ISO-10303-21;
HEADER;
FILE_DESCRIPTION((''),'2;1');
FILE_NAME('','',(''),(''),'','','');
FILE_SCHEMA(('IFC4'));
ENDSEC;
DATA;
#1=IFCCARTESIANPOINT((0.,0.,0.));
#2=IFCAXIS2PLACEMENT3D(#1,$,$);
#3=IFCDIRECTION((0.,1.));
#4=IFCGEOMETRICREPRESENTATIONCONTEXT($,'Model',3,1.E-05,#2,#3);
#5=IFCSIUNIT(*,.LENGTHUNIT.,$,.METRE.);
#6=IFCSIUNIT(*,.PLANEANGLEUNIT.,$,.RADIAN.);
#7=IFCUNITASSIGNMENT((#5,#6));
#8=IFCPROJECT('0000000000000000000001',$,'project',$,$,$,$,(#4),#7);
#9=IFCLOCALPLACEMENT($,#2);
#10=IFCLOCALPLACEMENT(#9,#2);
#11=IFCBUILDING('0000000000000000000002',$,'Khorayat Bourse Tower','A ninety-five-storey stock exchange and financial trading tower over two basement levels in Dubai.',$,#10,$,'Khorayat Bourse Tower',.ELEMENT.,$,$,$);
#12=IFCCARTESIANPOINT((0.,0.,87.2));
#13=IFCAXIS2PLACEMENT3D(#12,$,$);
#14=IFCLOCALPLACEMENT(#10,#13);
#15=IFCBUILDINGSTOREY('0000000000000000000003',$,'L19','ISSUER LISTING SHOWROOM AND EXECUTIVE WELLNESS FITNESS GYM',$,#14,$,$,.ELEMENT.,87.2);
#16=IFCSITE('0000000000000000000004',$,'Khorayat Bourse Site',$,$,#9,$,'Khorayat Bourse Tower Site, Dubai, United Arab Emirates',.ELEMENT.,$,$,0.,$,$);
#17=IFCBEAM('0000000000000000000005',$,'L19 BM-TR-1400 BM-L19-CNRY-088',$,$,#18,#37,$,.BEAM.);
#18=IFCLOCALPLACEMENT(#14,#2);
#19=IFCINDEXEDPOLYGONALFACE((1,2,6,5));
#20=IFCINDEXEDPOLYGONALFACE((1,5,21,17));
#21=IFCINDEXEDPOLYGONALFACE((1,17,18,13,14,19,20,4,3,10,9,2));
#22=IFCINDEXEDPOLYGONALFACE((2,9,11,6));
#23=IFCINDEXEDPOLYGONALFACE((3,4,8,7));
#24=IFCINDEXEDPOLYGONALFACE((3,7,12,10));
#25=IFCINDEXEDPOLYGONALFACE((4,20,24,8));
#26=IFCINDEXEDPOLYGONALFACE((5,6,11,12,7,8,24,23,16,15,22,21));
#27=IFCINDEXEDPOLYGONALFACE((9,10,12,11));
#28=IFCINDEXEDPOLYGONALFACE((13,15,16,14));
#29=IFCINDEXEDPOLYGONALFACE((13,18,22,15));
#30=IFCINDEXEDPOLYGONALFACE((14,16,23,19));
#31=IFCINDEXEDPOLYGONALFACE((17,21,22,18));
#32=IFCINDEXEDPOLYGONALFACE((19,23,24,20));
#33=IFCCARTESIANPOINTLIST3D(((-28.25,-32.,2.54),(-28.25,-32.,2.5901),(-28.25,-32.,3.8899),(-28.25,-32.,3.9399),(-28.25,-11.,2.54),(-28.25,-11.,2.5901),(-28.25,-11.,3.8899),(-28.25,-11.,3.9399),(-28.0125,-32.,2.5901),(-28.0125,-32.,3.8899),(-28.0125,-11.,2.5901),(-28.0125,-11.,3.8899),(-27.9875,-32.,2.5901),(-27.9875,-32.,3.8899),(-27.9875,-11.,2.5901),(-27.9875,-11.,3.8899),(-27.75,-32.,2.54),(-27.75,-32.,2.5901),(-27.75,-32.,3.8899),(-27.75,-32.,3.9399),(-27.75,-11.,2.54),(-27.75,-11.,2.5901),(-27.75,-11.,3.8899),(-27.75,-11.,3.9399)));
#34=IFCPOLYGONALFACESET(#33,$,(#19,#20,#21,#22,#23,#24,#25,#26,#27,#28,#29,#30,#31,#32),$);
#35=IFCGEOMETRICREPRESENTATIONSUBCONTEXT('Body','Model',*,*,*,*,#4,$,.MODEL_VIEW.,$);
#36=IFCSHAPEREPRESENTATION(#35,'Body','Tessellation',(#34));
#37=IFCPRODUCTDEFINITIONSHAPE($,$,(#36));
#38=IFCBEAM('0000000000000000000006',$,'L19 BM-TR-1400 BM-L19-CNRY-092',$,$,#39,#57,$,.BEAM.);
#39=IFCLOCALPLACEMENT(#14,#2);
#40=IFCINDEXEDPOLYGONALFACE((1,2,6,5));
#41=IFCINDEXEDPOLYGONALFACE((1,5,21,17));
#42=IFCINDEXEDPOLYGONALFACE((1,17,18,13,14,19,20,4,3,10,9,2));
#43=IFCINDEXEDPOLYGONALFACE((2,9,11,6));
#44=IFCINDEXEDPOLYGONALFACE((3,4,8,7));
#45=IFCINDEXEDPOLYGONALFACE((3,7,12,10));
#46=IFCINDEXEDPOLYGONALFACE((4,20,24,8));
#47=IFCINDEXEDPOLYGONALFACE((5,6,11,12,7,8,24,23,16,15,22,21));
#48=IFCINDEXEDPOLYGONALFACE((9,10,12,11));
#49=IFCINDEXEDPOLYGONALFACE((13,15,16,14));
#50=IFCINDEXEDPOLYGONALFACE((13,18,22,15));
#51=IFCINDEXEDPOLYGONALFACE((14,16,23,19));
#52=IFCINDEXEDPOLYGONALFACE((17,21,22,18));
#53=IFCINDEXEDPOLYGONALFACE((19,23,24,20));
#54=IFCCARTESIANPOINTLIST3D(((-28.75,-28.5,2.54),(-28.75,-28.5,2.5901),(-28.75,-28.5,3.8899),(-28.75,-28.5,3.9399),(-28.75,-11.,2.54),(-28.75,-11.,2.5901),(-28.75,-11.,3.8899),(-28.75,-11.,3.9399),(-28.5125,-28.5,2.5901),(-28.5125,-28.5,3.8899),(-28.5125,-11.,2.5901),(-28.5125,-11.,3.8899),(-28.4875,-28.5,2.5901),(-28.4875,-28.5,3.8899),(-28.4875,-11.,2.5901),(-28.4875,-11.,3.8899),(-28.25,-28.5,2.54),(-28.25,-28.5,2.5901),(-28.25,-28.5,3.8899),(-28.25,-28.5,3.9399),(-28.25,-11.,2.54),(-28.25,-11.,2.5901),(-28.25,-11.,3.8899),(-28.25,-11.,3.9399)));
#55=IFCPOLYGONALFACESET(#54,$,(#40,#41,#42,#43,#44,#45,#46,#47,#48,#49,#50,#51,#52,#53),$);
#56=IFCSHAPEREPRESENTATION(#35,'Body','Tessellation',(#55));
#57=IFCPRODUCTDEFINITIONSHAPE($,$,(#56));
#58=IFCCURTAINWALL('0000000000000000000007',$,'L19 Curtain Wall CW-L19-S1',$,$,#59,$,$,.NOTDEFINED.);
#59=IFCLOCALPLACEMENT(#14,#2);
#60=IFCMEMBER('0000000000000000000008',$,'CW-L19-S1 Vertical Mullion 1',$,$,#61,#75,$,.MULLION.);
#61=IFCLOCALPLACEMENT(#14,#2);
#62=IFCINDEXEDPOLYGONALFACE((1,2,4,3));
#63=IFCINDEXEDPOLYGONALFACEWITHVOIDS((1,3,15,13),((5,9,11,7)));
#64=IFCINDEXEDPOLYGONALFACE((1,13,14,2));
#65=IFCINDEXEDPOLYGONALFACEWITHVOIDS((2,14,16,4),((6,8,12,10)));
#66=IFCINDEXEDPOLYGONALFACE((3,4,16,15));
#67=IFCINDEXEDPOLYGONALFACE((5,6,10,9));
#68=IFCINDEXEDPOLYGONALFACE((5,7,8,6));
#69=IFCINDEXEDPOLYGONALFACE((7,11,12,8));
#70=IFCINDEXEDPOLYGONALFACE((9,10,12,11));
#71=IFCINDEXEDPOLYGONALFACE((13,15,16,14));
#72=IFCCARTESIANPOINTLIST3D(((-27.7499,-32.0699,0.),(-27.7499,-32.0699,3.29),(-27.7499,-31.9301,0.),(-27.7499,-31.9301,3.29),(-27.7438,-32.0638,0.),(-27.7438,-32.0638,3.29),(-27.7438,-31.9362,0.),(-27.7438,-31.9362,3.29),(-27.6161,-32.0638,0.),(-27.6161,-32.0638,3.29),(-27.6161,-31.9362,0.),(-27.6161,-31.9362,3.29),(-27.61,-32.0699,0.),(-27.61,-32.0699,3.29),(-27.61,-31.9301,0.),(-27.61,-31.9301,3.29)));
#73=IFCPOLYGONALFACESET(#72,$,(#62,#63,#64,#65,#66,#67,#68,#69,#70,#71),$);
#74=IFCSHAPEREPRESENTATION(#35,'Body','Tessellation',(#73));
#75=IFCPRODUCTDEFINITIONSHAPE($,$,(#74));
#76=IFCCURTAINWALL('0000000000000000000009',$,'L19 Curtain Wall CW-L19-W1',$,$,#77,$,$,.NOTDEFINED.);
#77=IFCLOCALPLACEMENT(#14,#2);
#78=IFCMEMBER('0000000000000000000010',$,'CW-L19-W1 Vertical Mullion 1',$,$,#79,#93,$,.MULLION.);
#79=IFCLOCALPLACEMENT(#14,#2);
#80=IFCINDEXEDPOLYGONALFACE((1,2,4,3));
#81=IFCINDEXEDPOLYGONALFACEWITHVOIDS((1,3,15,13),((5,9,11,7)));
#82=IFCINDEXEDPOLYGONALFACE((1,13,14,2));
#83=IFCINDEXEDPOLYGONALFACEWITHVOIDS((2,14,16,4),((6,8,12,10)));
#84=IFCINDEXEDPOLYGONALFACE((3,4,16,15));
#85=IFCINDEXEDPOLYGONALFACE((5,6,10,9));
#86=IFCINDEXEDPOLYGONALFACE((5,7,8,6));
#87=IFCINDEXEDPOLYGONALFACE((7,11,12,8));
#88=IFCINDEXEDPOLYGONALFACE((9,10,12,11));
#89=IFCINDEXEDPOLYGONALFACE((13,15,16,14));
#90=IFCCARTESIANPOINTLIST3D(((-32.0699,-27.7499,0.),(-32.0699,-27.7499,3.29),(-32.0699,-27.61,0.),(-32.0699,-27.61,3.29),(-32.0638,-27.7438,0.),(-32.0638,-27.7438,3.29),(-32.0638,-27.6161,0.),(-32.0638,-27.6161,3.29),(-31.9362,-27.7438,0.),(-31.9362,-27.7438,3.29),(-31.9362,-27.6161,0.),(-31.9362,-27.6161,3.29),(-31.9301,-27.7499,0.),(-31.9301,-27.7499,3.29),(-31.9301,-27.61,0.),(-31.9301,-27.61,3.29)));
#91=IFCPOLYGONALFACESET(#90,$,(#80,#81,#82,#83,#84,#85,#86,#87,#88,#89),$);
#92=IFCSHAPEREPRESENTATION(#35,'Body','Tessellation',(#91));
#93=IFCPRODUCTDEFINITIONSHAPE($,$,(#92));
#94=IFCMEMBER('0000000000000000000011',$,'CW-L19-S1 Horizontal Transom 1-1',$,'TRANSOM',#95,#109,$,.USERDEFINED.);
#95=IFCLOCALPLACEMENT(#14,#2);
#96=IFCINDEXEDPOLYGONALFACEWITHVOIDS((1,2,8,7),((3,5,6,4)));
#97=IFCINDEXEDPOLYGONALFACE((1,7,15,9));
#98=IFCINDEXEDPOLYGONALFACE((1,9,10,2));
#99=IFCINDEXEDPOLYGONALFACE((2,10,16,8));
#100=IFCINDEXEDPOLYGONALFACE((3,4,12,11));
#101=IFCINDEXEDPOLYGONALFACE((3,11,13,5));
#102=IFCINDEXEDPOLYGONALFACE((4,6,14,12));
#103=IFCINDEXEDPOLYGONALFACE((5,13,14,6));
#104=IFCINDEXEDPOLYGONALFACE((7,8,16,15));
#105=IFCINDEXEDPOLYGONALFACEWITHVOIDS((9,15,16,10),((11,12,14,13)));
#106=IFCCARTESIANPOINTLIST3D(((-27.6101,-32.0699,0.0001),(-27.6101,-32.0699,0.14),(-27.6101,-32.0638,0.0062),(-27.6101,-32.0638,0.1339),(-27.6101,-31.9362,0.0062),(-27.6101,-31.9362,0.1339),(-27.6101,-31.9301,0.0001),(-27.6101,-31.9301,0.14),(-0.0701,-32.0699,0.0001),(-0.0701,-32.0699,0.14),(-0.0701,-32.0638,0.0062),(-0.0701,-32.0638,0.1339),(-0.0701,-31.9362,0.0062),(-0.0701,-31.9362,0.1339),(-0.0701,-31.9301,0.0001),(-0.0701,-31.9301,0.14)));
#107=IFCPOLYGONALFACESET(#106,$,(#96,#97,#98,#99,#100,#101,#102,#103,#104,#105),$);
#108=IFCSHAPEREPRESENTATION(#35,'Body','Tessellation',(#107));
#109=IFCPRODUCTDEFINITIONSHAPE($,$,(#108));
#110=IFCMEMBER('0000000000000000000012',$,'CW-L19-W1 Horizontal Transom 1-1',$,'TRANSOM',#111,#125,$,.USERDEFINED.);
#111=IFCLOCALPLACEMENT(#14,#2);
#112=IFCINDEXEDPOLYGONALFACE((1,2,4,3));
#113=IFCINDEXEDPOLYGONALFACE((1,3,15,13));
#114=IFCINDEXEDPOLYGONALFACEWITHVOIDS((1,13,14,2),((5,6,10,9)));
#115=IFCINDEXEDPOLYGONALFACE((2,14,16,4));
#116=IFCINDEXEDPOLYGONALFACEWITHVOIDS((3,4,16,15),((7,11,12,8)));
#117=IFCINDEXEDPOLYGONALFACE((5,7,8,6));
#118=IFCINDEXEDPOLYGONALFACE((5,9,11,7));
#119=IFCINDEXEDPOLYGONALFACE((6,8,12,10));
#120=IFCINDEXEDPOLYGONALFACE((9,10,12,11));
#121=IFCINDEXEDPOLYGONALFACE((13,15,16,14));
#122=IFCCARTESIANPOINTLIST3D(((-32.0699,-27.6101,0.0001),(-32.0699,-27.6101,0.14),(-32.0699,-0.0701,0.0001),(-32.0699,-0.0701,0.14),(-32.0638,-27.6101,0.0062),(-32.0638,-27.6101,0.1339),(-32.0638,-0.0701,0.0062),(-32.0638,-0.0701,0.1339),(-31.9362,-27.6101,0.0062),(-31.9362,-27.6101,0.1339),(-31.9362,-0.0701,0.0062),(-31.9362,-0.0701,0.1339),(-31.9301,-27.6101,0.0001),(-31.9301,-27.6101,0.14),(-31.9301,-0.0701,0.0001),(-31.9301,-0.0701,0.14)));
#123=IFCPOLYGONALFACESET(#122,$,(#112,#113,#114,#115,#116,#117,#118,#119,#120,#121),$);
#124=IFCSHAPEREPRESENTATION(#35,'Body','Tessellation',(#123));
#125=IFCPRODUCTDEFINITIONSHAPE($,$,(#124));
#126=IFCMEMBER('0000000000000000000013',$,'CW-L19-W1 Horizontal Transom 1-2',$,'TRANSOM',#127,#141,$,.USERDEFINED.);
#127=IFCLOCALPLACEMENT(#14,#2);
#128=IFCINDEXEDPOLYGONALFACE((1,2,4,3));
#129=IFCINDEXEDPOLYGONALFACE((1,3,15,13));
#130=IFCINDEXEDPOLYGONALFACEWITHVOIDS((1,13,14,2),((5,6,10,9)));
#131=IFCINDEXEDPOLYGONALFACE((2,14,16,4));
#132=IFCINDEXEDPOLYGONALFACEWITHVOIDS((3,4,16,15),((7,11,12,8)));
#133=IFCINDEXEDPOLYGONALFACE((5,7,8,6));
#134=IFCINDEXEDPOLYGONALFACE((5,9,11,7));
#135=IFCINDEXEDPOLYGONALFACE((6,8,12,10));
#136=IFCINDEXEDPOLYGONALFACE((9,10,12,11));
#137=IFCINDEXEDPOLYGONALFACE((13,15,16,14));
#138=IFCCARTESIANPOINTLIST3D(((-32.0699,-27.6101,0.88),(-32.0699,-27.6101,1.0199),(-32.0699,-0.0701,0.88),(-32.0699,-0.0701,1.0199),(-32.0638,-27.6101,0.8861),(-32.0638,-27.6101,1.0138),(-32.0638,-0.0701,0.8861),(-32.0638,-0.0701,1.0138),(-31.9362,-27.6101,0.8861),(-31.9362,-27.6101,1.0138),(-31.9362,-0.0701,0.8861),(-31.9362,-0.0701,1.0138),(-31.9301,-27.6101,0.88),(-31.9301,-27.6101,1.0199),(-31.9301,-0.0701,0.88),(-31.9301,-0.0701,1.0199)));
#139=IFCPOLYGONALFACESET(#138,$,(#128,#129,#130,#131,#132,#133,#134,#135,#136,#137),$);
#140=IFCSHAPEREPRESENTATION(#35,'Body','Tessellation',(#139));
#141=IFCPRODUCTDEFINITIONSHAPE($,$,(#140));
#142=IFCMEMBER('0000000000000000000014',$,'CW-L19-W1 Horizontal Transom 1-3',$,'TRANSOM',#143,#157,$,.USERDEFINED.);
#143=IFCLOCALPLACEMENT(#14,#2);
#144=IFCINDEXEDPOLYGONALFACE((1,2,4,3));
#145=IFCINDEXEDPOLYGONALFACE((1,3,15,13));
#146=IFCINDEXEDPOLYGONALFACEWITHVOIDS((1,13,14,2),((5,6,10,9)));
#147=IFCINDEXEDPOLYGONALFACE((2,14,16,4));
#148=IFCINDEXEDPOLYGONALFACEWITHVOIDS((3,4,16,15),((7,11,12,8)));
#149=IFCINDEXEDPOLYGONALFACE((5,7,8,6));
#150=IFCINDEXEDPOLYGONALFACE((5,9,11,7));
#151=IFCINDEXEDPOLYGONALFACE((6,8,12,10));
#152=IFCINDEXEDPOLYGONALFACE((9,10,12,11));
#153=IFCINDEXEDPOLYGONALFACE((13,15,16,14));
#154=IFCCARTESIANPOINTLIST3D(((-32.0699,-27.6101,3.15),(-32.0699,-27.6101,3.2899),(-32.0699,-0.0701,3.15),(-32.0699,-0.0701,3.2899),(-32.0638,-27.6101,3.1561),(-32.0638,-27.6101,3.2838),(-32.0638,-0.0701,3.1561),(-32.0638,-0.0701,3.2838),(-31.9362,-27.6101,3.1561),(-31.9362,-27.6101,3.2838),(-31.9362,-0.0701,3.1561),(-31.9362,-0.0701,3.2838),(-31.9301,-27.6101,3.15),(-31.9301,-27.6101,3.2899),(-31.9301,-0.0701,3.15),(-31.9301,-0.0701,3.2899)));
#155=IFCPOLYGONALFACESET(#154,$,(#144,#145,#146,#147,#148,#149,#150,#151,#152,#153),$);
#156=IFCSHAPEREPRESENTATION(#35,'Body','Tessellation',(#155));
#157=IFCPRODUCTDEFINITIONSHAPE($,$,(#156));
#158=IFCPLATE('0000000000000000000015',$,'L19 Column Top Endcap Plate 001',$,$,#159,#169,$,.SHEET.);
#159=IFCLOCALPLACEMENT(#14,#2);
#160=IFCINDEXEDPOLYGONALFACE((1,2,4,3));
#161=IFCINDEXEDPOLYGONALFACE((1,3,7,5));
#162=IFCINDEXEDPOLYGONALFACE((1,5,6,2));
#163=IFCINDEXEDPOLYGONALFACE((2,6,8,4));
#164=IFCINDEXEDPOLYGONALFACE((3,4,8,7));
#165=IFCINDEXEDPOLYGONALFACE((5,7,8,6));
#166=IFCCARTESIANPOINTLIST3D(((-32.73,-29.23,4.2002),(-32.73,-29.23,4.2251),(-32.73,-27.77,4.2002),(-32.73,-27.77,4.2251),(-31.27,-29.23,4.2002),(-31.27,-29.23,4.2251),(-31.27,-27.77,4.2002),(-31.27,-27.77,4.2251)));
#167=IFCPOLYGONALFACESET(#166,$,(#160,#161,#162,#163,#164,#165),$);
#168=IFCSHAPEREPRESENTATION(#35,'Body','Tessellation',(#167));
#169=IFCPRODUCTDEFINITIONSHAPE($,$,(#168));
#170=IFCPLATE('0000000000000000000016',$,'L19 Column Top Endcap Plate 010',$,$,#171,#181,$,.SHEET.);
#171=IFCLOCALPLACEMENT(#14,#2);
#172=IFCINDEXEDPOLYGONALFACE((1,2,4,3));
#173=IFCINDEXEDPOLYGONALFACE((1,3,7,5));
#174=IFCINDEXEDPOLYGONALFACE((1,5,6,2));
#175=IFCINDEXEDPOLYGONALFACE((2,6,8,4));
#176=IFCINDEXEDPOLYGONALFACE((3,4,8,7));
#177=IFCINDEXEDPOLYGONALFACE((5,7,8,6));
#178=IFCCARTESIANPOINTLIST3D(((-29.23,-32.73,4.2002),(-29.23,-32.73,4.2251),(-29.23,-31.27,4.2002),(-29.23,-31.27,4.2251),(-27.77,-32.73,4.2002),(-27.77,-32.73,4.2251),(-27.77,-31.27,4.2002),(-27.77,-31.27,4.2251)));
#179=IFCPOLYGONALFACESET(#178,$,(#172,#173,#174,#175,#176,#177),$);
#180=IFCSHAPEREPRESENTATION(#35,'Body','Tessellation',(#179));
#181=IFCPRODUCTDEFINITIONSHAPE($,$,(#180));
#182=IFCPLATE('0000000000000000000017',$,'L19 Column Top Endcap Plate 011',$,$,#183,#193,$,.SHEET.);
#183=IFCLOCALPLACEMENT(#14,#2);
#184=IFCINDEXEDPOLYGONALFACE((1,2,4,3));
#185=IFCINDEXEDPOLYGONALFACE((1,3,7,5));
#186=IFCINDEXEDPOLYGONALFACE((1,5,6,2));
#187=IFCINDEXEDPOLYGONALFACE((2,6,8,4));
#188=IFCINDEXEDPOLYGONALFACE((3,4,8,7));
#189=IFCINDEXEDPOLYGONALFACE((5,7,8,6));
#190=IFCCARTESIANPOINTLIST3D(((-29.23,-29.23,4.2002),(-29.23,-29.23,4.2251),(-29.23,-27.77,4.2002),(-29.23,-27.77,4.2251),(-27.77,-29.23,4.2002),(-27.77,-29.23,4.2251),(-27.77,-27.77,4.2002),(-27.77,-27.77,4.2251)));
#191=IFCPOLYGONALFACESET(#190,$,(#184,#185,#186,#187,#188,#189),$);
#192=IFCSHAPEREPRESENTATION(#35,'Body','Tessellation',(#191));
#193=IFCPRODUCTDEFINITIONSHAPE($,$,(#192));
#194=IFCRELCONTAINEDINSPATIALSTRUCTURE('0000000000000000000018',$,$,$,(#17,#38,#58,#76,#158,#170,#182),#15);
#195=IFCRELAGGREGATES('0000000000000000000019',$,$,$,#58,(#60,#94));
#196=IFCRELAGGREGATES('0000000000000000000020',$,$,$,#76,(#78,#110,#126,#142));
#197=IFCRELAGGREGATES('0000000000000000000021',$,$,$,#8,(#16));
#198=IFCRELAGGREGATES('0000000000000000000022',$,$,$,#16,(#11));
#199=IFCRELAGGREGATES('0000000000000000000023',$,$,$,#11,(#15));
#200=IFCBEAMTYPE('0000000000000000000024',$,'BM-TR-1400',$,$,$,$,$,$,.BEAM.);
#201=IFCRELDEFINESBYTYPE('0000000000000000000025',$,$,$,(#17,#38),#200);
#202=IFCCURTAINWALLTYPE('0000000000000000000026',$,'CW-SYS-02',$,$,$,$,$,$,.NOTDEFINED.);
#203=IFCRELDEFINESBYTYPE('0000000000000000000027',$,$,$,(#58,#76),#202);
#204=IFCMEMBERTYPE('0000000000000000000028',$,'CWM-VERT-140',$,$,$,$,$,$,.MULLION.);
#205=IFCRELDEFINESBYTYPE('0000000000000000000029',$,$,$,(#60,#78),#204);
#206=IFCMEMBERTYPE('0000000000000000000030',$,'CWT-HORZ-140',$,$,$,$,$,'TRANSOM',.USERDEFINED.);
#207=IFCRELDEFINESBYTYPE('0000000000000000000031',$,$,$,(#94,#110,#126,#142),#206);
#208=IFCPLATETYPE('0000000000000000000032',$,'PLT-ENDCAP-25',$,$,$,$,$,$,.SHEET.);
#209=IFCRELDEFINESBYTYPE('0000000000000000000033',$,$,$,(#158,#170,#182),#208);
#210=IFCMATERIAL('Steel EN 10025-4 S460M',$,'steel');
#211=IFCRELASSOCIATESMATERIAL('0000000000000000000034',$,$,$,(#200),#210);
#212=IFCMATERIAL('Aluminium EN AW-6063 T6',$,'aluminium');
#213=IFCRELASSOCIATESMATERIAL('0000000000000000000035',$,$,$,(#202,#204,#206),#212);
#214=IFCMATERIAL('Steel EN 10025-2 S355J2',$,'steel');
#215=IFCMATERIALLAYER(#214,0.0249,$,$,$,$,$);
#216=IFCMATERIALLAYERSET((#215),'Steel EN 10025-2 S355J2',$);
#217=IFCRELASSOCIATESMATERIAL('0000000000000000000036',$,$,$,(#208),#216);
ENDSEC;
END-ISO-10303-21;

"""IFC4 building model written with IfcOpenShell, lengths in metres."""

from ifc_helpers import new_model, si_unit, direction, frame, origin, origin_2d, place, context, subcontext, project, spatial, rectangle, hollow_rectangle, i_section, extrude, source, transform, mapped, material, layer, layer_set, material_profile, profile_set, type_object, element, aggregate, save


model = new_model("IFC4")

# Units and contexts
model_context = context("Model", 3, precision=1e-05, world=origin(), true_north=direction((0.0, 1.0)))
body_context = subcontext(model_context, "Body", "Model", "MODEL_VIEW")
ifc_project = project(units=[si_unit("LENGTHUNIT", "METRE"), si_unit("PLANEANGLEUNIT", "RADIAN")], contexts=[model_context])

# Site, building, storey
site_placement = place(None, origin())
site = spatial("IfcSite", under=ifc_project, at=site_placement, Name="Khorayat Bourse Site", LongName="Khorayat Bourse Tower Site, Dubai, United Arab Emirates", CompositionType="ELEMENT", RefElevation=0.0)
building_placement = place(site_placement, origin())
building = spatial("IfcBuilding", under=site, at=building_placement, Name="Khorayat Bourse Tower", Description="A ninety-five-storey stock exchange and financial trading tower over two basement levels in Dubai.", LongName="Khorayat Bourse Tower", CompositionType="ELEMENT")
storey_placement = place(building_placement, frame((0.0, 0.0, 87.2)))
storey = spatial("IfcBuildingStorey", under=building, at=storey_placement, Name="L19", Description="ISSUER LISTING SHOWROOM AND EXECUTIVE WELLNESS FITNESS GYM", CompositionType="ELEMENT", Elevation=87.2)

# Shared definitions
ifc_material_1 = material(Name="Steel EN 10025-4 S460M", Category="steel")

# Beams
ifc_material_profile_1 = material_profile(ifc_material_1, i_section(OverallWidth=0.5, OverallDepth=1.3999, WebThickness=0.0249, FlangeThickness=0.05, at=origin_2d()), Name="PG 1400x500x25x50")
ifc_profile_set_1 = profile_set([ifc_material_profile_1], Name="Steel EN 10025-4 S460M")
beam_type_1 = type_object("IfcBeamType", Name="BM-TR-1400", PredefinedType="BEAM", material=ifc_profile_set_1)
shared_shape_1 = source(origin(), body_context, "Body", "SweptSolid", [
    extrude(i_section(OverallWidth=0.5, OverallDepth=1.3999, WebThickness=0.0249, FlangeThickness=0.05, at=origin_2d()), origin(), (0.0, 0.0, 1.0), 21.0),
])
beam_1_placement = place(storey_placement, frame((-28.0, -32.0, 3.24), z_axis=(0.0, 1.0, 0.0), x_axis=(-1.0, 0.0, 0.0)))
element("IfcBeam", 1, at=beam_1_placement, inside=storey, type_object=beam_type_1, Name="L19 BM-TR-1400 BM-L19-CNRY-088", PredefinedType="BEAM", context=body_context, shape_type="MappedRepresentation", body=[
    mapped(shared_shape_1, transform((0.0, 0.0, 0.0), scale=1.0)),
])
shared_shape_2 = source(origin(), body_context, "Body", "SweptSolid", [
    extrude(i_section(OverallWidth=0.5, OverallDepth=1.3999, WebThickness=0.0249, FlangeThickness=0.05, at=origin_2d()), origin(), (0.0, 0.0, 1.0), 17.5),
])
beam_2_placement = place(storey_placement, frame((-28.5, -28.5, 3.24), z_axis=(0.0, 1.0, 0.0), x_axis=(-1.0, 0.0, 0.0)))
element("IfcBeam", 2, at=beam_2_placement, inside=storey, type_object=beam_type_1, Name="L19 BM-TR-1400 BM-L19-CNRY-092", PredefinedType="BEAM", context=body_context, shape_type="MappedRepresentation", body=[
    mapped(shared_shape_2, transform((0.0, 0.0, 0.0), scale=1.0)),
])

# Curtain walls, members
ifc_material_2 = material(Name="Aluminium EN AW-6063 T6", Category="aluminium")
curtain_wall_type = type_object("IfcCurtainWallType", Name="CW-SYS-02", PredefinedType="NOTDEFINED", material=ifc_material_2)
curtain_wall_1_placement = place(storey_placement, origin())
curtain_wall_1 = element("IfcCurtainWall", 3, at=curtain_wall_1_placement, inside=storey, type_object=curtain_wall_type, Name="L19 Curtain Wall CW-L19-S1", PredefinedType="NOTDEFINED")
ifc_material_profile_2 = material_profile(ifc_material_2, hollow_rectangle(XDim=0.1399, YDim=0.1399, WallThickness=0.0061, at=origin_2d()), Name="ALU 140x140x6")
ifc_profile_set_2 = profile_set([ifc_material_profile_2], Name="Aluminium EN AW-6063 T6")
member_type_1 = type_object("IfcMemberType", Name="CWM-VERT-140", PredefinedType="MULLION", material=ifc_profile_set_2)
shared_shape_3 = source(origin(), body_context, "Body", "SweptSolid", [
    extrude(hollow_rectangle(XDim=0.1399, YDim=0.1399, WallThickness=0.0061, at=origin_2d()), origin(), (0.0, 0.0, 1.0), 3.29),
])
member_1_placement = place(storey_placement, frame((-27.6799, -32.0, 0.0), z_axis=(0.0, 0.0, 1.0), x_axis=(0.0, 1.0, 0.0)))
member_1 = element("IfcMember", 4, at=member_1_placement, type_object=member_type_1, Name="CW-L19-S1 Vertical Mullion 1", PredefinedType="MULLION", context=body_context, shape_type="MappedRepresentation", body=[
    mapped(shared_shape_3, transform((0.0, 0.0, 0.0), scale=1.0)),
])
curtain_wall_2_placement = place(storey_placement, origin())
curtain_wall_2 = element("IfcCurtainWall", 5, at=curtain_wall_2_placement, inside=storey, type_object=curtain_wall_type, Name="L19 Curtain Wall CW-L19-W1", PredefinedType="NOTDEFINED")
member_2_placement = place(storey_placement, frame((-32.0, -27.6799, 0.0), z_axis=(0.0, 0.0, 1.0), x_axis=(-1.0, 0.0, 0.0)))
member_2 = element("IfcMember", 6, at=member_2_placement, type_object=member_type_1, Name="CW-L19-W1 Vertical Mullion 1", PredefinedType="MULLION", context=body_context, shape_type="MappedRepresentation", body=[
    mapped(shared_shape_3, transform((0.0, 0.0, 0.0), scale=1.0)),
])

# Members
ifc_material_profile_3 = material_profile(ifc_material_2, hollow_rectangle(XDim=0.1399, YDim=0.1399, WallThickness=0.0061, at=origin_2d()), Name="ALU 140x140x6")
ifc_profile_set_3 = profile_set([ifc_material_profile_3], Name="Aluminium EN AW-6063 T6")
member_type_2 = type_object("IfcMemberType", Name="CWT-HORZ-140", ElementType="TRANSOM", PredefinedType="USERDEFINED", material=ifc_profile_set_3)
shared_shape_4 = source(origin(), body_context, "Body", "SweptSolid", [
    extrude(hollow_rectangle(XDim=0.1399, YDim=0.1399, WallThickness=0.0061, at=origin_2d()), origin(), (0.0, 0.0, 1.0), 27.54),
])
member_3_placement = place(storey_placement, frame((-27.6101, -32.0, 0.0701), z_axis=(1.0, 0.0, 0.0), x_axis=(0.0, 1.0, 0.0)))
member_3 = element("IfcMember", 7, at=member_3_placement, type_object=member_type_2, Name="CW-L19-S1 Horizontal Transom 1-1", ObjectType="TRANSOM", PredefinedType="USERDEFINED", context=body_context, shape_type="MappedRepresentation", body=[
    mapped(shared_shape_4, transform((0.0, 0.0, 0.0), scale=1.0)),
])
aggregate(curtain_wall_1, [member_1, member_3])
member_4_placement = place(storey_placement, frame((-32.0, -27.6101, 0.0701), z_axis=(0.0, 1.0, 0.0), x_axis=(-1.0, 0.0, 0.0)))
member_4 = element("IfcMember", 8, at=member_4_placement, type_object=member_type_2, Name="CW-L19-W1 Horizontal Transom 1-1", ObjectType="TRANSOM", PredefinedType="USERDEFINED", context=body_context, shape_type="MappedRepresentation", body=[
    mapped(shared_shape_4, transform((0.0, 0.0, 0.0), scale=1.0)),
])
member_5_placement = place(storey_placement, frame((-32.0, -27.6101, 0.95), z_axis=(0.0, 1.0, 0.0), x_axis=(-1.0, 0.0, 0.0)))
member_5 = element("IfcMember", 9, at=member_5_placement, type_object=member_type_2, Name="CW-L19-W1 Horizontal Transom 1-2", ObjectType="TRANSOM", PredefinedType="USERDEFINED", context=body_context, shape_type="MappedRepresentation", body=[
    mapped(shared_shape_4, transform((0.0, 0.0, 0.0), scale=1.0)),
])
member_6_placement = place(storey_placement, frame((-32.0, -27.6101, 3.22), z_axis=(0.0, 1.0, 0.0), x_axis=(-1.0, 0.0, 0.0)))
member_6 = element("IfcMember", 10, at=member_6_placement, type_object=member_type_2, Name="CW-L19-W1 Horizontal Transom 1-3", ObjectType="TRANSOM", PredefinedType="USERDEFINED", context=body_context, shape_type="MappedRepresentation", body=[
    mapped(shared_shape_4, transform((0.0, 0.0, 0.0), scale=1.0)),
])
aggregate(curtain_wall_2, [member_2, member_4, member_5, member_6])

# Plates
ifc_material_3 = material(Name="Steel EN 10025-2 S355J2", Category="steel")
ifc_layer_1 = layer(ifc_material_3, 0.0249)
ifc_layer_set_1 = layer_set([ifc_layer_1], Name="Steel EN 10025-2 S355J2")
plate_type = type_object("IfcPlateType", Name="PLT-ENDCAP-25", PredefinedType="SHEET", material=ifc_layer_set_1)
shared_shape_5 = source(origin(), body_context, "Body", "SweptSolid", [
    extrude(rectangle(XDim=1.46, YDim=1.46, at=origin_2d()), origin(), (0.0, 0.0, 1.0), 0.0249),
])
for number, where, z_axis, x_axis, name in (
    (11, (-32.0, -28.5, 4.2002), (0.0, 0.0, 1.0), (1.0, 0.0, 0.0), "L19 Column Top Endcap Plate 001"),
    (12, (-28.5, -32.0, 4.2002), (0.0, 0.0, 1.0), (1.0, 0.0, 0.0), "L19 Column Top Endcap Plate 010"),
    (13, (-28.5, -28.5, 4.2002), (0.0, 0.0, 1.0), (1.0, 0.0, 0.0), "L19 Column Top Endcap Plate 011"),
):
    element("IfcPlate", number, at=place(storey_placement, frame(where, z_axis=z_axis, x_axis=x_axis)), inside=storey, type_object=plate_type, Name=name, PredefinedType="SHEET", context=body_context, shape_type="MappedRepresentation", body=[
        mapped(shared_shape_5, transform((0.0, 0.0, 0.0), scale=1.0)),
    ])

save(model, "model.ifc")
